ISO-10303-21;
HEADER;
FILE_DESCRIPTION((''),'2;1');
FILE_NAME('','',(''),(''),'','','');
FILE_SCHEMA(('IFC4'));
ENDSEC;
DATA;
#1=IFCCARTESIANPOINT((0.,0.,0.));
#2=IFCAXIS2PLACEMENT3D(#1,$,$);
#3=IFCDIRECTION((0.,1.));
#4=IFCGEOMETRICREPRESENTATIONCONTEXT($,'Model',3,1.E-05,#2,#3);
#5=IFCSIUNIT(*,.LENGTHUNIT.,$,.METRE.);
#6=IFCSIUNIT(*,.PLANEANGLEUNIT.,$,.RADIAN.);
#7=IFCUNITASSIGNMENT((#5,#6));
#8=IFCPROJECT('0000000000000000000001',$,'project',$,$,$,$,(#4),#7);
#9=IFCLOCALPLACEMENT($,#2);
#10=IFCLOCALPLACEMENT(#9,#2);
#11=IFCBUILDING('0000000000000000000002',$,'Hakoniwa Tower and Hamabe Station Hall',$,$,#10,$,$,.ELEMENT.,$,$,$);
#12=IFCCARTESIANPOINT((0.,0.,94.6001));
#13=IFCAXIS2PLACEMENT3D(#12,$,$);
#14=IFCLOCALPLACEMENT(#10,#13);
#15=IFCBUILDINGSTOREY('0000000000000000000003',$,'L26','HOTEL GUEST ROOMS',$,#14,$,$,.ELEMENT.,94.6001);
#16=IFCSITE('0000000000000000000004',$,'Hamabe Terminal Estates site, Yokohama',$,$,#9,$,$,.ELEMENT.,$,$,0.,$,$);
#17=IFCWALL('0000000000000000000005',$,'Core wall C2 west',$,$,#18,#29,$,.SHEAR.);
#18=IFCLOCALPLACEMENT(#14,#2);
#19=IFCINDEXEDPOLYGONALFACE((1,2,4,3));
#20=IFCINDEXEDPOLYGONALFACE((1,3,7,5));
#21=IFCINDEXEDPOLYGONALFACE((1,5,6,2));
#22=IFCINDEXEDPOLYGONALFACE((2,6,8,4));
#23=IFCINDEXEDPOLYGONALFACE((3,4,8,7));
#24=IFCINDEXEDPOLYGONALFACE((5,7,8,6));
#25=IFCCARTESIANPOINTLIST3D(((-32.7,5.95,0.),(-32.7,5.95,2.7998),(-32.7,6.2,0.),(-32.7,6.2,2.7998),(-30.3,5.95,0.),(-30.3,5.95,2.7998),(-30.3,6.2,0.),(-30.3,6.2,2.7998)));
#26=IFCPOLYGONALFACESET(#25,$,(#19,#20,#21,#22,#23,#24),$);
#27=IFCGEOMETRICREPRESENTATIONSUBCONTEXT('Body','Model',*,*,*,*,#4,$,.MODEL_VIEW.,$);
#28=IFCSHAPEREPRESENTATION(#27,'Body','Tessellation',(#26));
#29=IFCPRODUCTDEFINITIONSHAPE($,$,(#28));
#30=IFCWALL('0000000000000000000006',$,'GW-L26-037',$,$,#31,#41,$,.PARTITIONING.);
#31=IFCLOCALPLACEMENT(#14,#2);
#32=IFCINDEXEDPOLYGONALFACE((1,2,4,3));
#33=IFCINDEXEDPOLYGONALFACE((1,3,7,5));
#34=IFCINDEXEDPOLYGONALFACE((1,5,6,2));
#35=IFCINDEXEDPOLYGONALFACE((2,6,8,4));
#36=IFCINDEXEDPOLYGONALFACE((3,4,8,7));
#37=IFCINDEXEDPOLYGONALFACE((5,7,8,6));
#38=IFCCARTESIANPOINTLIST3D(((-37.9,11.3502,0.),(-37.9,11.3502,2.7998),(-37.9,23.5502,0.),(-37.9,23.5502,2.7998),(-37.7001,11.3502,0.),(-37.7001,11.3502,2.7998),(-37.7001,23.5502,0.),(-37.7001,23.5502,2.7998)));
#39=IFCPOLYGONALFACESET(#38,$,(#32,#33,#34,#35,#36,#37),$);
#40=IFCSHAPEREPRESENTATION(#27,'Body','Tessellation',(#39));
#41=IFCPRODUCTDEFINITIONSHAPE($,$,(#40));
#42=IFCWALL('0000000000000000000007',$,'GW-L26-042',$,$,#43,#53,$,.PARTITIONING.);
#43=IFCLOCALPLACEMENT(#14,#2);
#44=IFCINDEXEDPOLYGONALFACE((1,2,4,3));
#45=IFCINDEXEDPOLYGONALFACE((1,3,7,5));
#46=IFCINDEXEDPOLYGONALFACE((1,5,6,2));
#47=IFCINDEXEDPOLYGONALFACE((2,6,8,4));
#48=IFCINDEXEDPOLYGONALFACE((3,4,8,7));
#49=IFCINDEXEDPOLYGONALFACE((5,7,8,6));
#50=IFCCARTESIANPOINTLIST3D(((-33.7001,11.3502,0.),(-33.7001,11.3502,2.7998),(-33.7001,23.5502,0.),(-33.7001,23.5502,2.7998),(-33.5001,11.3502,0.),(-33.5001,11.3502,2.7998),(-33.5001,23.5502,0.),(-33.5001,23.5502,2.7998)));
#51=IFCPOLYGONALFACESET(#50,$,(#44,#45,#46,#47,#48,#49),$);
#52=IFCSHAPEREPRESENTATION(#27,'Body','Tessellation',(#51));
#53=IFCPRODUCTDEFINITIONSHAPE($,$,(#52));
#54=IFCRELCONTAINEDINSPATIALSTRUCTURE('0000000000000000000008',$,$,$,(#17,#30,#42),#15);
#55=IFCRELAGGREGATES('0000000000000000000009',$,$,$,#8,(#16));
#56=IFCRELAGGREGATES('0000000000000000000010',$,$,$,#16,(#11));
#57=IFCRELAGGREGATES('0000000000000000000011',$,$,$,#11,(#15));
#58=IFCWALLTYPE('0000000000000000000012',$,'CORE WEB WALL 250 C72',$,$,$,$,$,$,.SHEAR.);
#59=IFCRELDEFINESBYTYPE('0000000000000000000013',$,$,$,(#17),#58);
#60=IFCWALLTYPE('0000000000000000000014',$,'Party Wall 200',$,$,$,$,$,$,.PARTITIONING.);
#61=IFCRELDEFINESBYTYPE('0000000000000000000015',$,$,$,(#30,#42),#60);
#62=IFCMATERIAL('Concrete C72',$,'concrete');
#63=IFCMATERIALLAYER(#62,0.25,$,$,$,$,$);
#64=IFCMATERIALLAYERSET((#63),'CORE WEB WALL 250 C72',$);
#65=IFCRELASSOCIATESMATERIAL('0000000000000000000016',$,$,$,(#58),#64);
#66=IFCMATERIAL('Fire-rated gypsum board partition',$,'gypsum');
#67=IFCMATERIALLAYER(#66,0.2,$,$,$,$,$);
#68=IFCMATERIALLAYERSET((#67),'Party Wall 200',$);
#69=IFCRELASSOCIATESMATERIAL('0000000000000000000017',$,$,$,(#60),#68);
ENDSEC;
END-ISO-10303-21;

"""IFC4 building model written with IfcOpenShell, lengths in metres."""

from ifc_helpers import new_model, si_unit, direction, frame, frame_2d, origin, place, context, subcontext, project, spatial, rectangle, extrude, material, layer, layer_set, type_object, element, save


model = new_model("IFC4")

# Units and contexts
model_context = context("Model", 3, precision=1e-05, world=origin(), true_north=direction((0.0, 1.0)))
body_context = subcontext(model_context, "Body", "Model", "MODEL_VIEW")
ifc_project = project(units=[si_unit("LENGTHUNIT", "METRE"), si_unit("PLANEANGLEUNIT", "RADIAN")], contexts=[model_context])

# Site, building, storey
site_placement = place(None, origin())
site = spatial("IfcSite", under=ifc_project, at=site_placement, Name="Hamabe Terminal Estates site, Yokohama", CompositionType="ELEMENT", RefElevation=0.0)
building_placement = place(site_placement, origin())
building = spatial("IfcBuilding", under=site, at=building_placement, Name="Hakoniwa Tower and Hamabe Station Hall", CompositionType="ELEMENT")
storey_placement = place(building_placement, frame((0.0, 0.0, 94.6001)))
storey = spatial("IfcBuildingStorey", under=building, at=storey_placement, Name="L26", Description="HOTEL GUEST ROOMS", CompositionType="ELEMENT", Elevation=94.6001)

# Walls
ifc_material_1 = material(Name="Concrete C72", Category="concrete")
ifc_layer_1 = layer(ifc_material_1, 0.25)
ifc_layer_set_1 = layer_set([ifc_layer_1], Name="CORE WEB WALL 250 C72")
wall_type_1 = type_object("IfcWallType", Name="CORE WEB WALL 250 C72", PredefinedType="SHEAR", material=ifc_layer_set_1)
wall_1_placement = place(storey_placement, frame((-32.7, 6.075, 0.0), z_axis=(0.0, 0.0, 1.0), x_axis=(1.0, 0.0, 0.0)))
element("IfcWall", 1, at=wall_1_placement, inside=storey, type_object=wall_type_1, Name="Core wall C2 west", PredefinedType="SHEAR", context=body_context, shape_type="SweptSolid", body=[
    extrude(rectangle(XDim=2.3999, YDim=0.25, at=frame_2d((1.2, 0.0))), origin(), (0.0, 0.0, 1.0), 2.7998),
])
ifc_material_2 = material(Name="Fire-rated gypsum board partition", Category="gypsum")
ifc_layer_2 = layer(ifc_material_2, 0.2)
ifc_layer_set_2 = layer_set([ifc_layer_2], Name="Party Wall 200")
wall_type_2 = type_object("IfcWallType", Name="Party Wall 200", PredefinedType="PARTITIONING", material=ifc_layer_set_2)
for number, where, z_axis, x_axis, name in (
    (2, (-37.8, 11.3501, 0.0), (0.0, 0.0, 1.0), (0.0, 1.0, 0.0), "GW-L26-037"),
    (3, (-33.6001, 11.3501, 0.0), (0.0, 0.0, 1.0), (0.0, 1.0, 0.0), "GW-L26-042"),
):
    element("IfcWall", number, at=place(storey_placement, frame(where, z_axis=z_axis, x_axis=x_axis)), inside=storey, type_object=wall_type_2, Name=name, PredefinedType="PARTITIONING", context=body_context, shape_type="SweptSolid", body=[
        extrude(rectangle(XDim=12.2, YDim=0.2, at=frame_2d((6.1001, 0.0))), origin(), (0.0, 0.0, 1.0), 2.7998),
    ])

save(model, "model.ifc")
